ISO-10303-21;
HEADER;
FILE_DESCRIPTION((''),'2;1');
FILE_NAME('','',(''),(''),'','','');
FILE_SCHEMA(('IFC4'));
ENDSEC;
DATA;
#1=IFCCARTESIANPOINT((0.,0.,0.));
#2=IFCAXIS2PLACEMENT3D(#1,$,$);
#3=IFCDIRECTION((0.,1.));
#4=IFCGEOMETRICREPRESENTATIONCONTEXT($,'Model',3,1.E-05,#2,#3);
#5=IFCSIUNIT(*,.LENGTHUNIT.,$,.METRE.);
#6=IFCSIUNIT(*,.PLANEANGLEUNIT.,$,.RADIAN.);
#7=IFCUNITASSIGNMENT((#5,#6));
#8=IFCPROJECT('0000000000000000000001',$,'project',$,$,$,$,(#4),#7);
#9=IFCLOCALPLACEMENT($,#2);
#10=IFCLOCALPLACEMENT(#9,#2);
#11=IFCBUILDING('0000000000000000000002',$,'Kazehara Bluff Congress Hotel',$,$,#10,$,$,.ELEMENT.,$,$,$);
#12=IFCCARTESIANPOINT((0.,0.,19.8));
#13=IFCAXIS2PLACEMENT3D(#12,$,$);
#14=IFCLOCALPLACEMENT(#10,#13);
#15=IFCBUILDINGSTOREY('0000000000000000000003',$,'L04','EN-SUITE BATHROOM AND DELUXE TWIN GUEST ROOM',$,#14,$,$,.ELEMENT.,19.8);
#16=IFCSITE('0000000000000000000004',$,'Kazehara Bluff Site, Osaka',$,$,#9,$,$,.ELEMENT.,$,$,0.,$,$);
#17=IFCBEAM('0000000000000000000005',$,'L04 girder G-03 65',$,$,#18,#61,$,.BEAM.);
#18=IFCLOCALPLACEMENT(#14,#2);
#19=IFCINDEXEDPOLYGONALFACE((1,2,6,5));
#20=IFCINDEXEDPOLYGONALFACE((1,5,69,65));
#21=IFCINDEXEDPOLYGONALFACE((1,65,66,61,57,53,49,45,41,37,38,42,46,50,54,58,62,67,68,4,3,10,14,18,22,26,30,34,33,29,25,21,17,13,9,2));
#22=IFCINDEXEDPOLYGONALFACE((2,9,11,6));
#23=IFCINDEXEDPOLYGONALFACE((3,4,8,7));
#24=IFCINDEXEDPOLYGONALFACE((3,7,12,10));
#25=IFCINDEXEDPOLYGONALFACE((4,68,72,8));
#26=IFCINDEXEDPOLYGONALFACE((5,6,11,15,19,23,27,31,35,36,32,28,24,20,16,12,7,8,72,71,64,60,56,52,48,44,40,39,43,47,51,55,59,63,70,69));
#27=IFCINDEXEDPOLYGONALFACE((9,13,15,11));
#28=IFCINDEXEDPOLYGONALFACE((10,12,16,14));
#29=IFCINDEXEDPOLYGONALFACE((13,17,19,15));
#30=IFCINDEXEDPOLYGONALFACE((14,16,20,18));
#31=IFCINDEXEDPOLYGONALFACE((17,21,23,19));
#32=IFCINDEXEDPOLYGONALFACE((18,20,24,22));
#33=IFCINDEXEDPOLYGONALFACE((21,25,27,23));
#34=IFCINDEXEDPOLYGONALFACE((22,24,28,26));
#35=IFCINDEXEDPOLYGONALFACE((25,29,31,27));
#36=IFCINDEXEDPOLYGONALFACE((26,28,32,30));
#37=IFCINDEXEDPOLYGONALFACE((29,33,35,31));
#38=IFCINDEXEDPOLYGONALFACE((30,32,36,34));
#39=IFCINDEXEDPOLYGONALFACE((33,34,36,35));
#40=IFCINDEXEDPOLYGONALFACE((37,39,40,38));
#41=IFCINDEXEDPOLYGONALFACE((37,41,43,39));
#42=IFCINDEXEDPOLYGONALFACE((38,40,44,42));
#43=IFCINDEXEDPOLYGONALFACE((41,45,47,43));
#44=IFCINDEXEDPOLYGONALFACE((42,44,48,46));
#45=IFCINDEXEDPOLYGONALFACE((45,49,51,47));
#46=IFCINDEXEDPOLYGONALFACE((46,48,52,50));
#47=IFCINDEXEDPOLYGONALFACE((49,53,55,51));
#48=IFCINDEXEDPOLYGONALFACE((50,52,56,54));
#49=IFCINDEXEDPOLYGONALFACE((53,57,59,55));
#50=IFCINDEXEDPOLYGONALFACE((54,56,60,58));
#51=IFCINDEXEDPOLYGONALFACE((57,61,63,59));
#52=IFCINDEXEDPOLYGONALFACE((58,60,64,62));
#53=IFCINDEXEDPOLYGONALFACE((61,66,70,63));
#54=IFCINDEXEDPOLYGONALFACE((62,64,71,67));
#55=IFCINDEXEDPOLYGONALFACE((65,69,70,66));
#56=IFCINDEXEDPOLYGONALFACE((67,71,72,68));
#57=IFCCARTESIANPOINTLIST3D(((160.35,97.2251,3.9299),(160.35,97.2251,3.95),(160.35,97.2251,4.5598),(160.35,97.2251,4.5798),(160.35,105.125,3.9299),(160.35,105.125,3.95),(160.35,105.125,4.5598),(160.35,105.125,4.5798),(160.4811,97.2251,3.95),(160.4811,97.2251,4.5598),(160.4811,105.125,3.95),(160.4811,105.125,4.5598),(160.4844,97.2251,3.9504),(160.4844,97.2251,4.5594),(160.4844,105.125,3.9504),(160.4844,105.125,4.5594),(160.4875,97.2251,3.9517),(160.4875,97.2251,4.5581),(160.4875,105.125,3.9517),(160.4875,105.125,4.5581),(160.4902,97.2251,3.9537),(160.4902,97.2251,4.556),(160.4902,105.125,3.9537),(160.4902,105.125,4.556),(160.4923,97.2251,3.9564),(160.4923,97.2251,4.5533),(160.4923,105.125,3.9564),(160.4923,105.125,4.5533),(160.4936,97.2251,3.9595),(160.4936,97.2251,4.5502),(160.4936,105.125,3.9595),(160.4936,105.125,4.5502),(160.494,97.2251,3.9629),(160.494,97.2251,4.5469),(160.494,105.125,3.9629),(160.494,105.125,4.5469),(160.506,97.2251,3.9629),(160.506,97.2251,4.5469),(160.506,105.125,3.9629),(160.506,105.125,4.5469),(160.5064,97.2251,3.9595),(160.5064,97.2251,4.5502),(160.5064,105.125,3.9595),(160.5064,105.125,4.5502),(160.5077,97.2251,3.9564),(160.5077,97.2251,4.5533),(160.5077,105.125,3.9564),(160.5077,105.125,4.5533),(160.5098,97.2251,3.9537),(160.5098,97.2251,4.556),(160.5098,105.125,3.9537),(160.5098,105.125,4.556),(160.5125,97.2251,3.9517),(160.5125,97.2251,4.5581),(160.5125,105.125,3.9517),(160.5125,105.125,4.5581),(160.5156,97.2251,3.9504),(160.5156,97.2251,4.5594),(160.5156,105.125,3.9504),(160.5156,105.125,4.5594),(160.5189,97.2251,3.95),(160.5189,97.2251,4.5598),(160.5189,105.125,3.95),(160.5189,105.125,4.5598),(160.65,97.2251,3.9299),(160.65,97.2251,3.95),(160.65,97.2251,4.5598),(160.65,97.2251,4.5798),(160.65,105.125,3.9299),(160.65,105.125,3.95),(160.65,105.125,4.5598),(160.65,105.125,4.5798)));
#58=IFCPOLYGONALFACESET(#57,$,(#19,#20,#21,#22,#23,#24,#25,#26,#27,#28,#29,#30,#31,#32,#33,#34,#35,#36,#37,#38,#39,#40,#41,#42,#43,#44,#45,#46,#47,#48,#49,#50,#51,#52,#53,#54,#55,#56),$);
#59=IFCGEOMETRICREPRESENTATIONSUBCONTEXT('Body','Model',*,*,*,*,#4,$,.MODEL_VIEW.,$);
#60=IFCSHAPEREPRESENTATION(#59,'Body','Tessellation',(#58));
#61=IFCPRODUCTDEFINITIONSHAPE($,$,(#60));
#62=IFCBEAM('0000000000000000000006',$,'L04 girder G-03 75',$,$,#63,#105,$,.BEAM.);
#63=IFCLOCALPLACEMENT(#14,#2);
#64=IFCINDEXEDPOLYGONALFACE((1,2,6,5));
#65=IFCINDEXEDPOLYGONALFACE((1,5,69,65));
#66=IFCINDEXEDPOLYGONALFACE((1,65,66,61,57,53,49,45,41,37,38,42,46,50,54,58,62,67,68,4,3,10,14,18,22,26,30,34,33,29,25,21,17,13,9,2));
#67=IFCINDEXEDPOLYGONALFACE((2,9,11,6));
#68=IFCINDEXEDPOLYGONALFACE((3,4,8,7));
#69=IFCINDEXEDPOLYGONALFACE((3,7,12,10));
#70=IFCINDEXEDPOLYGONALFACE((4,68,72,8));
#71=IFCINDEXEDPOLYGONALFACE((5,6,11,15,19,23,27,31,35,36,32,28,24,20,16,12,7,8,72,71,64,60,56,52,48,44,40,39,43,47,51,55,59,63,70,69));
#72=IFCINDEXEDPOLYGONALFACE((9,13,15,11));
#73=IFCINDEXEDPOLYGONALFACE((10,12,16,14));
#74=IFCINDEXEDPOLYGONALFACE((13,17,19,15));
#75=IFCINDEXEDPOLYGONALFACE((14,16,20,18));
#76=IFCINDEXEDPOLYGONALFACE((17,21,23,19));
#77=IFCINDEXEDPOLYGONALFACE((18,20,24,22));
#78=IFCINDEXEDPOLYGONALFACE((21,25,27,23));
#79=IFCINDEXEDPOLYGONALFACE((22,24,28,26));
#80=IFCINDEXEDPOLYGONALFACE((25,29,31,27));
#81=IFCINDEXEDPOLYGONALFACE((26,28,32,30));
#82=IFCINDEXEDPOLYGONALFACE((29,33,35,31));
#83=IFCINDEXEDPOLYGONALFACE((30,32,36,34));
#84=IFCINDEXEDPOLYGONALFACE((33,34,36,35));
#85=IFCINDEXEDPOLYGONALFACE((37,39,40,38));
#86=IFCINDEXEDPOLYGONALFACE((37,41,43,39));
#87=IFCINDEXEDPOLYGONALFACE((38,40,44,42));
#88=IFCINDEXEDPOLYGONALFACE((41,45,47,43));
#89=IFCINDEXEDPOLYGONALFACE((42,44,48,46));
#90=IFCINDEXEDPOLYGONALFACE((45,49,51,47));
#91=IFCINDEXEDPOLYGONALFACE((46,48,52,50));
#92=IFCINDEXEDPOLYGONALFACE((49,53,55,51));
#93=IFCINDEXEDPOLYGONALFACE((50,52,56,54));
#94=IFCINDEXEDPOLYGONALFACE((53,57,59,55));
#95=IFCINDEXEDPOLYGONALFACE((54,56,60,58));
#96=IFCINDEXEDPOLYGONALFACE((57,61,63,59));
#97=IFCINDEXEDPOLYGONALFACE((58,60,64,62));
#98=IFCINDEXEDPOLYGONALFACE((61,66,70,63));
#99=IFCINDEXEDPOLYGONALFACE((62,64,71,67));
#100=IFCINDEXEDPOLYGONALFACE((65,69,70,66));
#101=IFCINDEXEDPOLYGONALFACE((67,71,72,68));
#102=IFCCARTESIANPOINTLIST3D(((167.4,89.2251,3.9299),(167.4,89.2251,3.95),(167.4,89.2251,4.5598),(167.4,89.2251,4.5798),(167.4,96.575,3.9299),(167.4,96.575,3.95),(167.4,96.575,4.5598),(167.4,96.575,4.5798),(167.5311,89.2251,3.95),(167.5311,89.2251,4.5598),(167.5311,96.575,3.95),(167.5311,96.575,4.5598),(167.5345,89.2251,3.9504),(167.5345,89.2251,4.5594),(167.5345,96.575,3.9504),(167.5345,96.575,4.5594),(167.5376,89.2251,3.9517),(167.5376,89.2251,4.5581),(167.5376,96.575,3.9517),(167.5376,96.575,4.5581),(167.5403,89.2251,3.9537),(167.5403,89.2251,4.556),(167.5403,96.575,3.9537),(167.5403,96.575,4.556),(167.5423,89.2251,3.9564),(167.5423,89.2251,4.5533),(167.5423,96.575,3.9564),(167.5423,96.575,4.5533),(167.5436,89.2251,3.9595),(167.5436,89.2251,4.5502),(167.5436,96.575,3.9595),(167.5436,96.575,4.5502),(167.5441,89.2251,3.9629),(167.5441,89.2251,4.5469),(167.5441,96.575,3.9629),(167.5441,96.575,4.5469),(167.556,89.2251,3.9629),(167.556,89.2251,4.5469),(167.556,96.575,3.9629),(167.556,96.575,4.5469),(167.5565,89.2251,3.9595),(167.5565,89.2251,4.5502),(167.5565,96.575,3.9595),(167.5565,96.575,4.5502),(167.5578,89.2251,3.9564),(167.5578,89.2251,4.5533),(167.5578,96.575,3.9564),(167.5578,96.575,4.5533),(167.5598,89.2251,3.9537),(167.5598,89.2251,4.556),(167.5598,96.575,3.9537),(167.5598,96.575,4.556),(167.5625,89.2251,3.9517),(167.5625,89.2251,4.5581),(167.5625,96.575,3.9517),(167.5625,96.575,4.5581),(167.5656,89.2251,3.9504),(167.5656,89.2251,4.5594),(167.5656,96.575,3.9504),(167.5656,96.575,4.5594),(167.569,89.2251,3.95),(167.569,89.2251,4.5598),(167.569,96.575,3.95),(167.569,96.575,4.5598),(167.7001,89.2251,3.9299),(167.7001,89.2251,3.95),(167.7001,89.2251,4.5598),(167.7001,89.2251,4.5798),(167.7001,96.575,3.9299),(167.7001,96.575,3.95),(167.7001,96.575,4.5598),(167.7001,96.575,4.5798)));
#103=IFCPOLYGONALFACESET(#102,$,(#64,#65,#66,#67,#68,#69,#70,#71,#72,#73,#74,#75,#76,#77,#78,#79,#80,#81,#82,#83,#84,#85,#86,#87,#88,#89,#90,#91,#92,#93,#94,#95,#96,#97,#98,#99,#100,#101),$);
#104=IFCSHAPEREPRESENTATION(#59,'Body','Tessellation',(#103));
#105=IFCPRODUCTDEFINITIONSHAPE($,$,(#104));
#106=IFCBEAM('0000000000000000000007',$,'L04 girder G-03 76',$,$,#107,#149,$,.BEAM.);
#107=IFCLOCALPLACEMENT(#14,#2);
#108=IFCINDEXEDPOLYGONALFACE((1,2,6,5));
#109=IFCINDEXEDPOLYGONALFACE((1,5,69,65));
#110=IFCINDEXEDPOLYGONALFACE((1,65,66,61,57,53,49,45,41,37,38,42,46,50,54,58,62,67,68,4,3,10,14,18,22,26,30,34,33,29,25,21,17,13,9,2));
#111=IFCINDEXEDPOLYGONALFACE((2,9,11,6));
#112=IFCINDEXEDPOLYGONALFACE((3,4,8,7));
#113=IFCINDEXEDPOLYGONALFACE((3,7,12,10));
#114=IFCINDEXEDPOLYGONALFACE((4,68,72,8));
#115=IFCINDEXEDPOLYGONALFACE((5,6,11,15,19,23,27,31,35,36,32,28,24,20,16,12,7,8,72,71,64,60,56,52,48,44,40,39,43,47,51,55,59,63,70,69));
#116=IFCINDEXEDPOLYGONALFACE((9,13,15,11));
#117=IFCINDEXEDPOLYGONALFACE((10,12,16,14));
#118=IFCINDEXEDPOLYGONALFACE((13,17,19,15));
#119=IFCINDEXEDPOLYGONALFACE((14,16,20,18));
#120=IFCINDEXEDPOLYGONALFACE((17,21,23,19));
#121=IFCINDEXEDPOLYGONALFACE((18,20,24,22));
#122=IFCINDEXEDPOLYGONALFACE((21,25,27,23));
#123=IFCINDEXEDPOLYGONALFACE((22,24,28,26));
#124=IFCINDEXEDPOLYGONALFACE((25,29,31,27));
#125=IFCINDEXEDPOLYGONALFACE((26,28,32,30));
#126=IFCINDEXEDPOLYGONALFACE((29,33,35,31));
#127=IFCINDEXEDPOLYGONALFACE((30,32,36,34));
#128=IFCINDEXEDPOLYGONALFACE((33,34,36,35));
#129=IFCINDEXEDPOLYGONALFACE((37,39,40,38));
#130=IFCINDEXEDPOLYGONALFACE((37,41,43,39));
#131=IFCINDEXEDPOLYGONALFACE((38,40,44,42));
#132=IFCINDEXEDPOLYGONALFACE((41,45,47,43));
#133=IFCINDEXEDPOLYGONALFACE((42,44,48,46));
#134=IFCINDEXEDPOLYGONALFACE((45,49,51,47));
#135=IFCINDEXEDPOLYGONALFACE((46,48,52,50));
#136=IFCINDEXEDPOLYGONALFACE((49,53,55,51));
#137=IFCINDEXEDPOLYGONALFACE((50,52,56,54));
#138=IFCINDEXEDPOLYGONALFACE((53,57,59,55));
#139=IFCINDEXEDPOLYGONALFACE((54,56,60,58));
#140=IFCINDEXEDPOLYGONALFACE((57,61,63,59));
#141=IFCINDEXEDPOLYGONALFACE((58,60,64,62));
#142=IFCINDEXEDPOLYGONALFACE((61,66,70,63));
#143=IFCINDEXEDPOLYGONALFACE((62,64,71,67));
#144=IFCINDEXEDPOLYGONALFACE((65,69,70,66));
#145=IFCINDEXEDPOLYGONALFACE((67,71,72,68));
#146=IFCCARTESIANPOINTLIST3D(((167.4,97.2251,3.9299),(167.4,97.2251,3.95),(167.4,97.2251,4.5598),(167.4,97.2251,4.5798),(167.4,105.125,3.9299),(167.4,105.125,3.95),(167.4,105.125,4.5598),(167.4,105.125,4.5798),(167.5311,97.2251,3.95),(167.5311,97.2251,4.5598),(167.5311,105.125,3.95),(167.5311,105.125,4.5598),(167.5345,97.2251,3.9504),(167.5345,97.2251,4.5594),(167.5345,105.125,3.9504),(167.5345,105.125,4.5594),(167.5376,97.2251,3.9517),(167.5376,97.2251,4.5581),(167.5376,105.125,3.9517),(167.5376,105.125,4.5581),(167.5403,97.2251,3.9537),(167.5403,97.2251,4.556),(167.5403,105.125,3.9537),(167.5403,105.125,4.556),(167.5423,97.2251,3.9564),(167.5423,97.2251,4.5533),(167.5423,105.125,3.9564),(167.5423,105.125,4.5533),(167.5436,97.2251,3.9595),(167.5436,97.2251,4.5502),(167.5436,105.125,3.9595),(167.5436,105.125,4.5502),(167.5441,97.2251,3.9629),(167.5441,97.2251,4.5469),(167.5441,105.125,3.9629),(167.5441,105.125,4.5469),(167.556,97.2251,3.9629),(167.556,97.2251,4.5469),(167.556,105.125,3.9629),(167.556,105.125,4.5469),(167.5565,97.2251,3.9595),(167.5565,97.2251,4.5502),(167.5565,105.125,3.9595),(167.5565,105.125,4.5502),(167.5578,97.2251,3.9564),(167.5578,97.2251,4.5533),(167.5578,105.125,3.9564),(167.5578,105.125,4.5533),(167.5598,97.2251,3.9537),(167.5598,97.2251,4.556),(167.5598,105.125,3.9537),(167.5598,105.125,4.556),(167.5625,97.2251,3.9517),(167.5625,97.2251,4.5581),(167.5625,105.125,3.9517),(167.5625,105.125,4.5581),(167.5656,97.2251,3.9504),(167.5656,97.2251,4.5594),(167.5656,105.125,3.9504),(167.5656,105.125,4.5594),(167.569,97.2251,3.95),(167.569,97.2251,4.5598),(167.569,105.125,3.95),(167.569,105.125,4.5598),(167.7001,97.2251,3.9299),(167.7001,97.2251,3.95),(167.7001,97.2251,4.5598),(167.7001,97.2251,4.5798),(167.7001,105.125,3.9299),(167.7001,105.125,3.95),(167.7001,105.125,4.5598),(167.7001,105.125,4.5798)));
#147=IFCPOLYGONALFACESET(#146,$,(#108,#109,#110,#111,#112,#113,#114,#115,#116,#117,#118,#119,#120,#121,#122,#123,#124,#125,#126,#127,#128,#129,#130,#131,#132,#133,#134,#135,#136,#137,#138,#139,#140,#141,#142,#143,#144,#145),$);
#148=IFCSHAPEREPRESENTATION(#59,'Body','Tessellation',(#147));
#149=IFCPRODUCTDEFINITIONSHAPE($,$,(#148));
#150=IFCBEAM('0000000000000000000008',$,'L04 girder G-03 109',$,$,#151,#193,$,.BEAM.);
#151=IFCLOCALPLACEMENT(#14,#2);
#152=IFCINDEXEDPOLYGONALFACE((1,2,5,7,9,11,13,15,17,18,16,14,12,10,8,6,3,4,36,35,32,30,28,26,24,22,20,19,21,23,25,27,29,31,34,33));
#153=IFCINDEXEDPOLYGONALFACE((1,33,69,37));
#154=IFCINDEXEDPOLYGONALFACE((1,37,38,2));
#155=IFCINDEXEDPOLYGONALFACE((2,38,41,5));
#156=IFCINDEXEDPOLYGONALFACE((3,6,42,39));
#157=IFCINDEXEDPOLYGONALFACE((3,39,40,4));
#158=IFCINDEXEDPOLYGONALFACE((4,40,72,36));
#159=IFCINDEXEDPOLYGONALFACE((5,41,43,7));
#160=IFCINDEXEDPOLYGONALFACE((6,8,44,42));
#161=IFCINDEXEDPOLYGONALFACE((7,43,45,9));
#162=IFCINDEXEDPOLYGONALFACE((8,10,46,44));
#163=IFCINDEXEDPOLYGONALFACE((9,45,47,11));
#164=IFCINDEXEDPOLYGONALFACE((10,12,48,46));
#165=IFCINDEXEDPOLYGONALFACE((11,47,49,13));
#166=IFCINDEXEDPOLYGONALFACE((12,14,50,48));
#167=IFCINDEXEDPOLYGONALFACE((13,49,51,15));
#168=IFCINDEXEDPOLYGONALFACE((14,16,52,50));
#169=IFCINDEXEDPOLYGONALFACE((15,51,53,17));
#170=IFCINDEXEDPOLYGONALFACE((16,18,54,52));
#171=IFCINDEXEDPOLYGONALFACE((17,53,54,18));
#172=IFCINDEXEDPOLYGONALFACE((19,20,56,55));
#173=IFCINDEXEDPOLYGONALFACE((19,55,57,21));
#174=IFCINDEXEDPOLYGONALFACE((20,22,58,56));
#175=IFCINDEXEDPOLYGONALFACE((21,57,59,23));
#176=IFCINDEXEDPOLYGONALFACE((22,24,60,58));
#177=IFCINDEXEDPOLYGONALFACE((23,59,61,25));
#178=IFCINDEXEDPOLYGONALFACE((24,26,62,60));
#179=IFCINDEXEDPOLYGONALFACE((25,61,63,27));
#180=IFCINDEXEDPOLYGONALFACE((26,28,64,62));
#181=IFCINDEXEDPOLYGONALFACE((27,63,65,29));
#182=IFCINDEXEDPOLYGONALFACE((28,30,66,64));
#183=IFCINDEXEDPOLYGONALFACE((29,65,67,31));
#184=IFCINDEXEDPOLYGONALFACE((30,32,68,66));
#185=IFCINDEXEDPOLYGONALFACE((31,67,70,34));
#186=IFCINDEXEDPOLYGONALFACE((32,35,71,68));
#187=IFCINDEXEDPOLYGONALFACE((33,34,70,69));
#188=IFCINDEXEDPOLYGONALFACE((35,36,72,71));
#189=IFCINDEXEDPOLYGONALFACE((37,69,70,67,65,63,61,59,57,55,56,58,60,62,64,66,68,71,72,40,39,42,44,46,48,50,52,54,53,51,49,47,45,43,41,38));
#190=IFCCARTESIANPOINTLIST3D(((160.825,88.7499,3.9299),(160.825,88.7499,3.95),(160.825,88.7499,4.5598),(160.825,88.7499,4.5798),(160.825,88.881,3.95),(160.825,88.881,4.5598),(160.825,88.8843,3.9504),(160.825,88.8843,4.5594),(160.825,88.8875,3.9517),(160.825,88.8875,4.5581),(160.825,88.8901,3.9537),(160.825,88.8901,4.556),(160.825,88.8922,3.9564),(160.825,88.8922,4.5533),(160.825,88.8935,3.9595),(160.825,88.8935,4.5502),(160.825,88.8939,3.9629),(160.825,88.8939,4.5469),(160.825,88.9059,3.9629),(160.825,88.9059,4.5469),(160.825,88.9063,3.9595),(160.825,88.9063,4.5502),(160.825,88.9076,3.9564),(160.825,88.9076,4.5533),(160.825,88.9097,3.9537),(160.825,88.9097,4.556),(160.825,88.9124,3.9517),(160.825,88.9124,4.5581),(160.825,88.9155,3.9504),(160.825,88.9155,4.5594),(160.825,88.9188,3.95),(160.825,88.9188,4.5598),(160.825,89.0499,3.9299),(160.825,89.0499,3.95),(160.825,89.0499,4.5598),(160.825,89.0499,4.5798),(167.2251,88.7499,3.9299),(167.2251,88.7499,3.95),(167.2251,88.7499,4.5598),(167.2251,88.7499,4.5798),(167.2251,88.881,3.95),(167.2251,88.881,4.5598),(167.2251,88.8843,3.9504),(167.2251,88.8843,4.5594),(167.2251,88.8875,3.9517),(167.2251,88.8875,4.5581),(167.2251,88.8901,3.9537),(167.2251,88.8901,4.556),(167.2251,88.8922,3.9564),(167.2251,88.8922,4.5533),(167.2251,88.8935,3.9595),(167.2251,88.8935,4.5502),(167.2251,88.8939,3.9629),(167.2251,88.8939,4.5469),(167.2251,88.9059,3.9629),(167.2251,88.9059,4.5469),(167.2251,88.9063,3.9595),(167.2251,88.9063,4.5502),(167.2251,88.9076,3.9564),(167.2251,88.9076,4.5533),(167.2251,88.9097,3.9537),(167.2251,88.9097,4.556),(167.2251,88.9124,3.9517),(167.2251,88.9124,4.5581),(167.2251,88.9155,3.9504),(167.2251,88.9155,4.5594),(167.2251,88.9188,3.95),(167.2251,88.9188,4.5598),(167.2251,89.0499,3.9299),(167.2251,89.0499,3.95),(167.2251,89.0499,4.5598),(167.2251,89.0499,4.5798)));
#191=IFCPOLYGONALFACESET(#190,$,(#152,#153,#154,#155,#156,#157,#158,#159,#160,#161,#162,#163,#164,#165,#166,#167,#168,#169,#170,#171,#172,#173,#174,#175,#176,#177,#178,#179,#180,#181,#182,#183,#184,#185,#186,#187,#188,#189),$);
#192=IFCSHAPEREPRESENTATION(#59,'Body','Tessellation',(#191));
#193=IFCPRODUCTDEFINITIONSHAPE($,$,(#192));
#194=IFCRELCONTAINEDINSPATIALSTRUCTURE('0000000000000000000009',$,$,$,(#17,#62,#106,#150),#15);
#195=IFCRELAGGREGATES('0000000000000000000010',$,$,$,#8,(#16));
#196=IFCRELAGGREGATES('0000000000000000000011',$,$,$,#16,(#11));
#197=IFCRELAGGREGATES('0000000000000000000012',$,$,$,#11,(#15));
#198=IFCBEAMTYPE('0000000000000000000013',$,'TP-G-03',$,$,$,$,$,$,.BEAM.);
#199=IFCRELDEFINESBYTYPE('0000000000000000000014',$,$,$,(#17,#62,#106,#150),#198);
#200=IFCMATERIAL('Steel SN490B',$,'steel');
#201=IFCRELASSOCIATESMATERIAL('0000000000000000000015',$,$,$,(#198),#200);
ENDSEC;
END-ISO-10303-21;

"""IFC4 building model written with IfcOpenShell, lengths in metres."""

from ifc_helpers import new_model, si_unit, direction, frame, origin, origin_2d, place, context, subcontext, project, spatial, i_section, extrude, material, material_profile, profile_set, type_object, element, save


model = new_model("IFC4")

# Units and contexts
model_context = context("Model", 3, precision=1e-05, world=origin(), true_north=direction((0.0, 1.0)))
body_context = subcontext(model_context, "Body", "Model", "MODEL_VIEW")
ifc_project = project(units=[si_unit("LENGTHUNIT", "METRE"), si_unit("PLANEANGLEUNIT", "RADIAN")], contexts=[model_context])

# Site, building, storey
site_placement = place(None, origin())
site = spatial("IfcSite", under=ifc_project, at=site_placement, Name="Kazehara Bluff Site, Osaka", CompositionType="ELEMENT", RefElevation=0.0)
building_placement = place(site_placement, origin())
building = spatial("IfcBuilding", under=site, at=building_placement, Name="Kazehara Bluff Congress Hotel", CompositionType="ELEMENT")
storey_placement = place(building_placement, frame((0.0, 0.0, 19.8)))
storey = spatial("IfcBuildingStorey", under=building, at=storey_placement, Name="L04", Description="EN-SUITE BATHROOM AND DELUXE TWIN GUEST ROOM", CompositionType="ELEMENT", Elevation=19.8)

# Beams
ifc_material_1 = material(Name="Steel SN490B", Category="steel")
ifc_material_profile_1 = material_profile(ifc_material_1, i_section(OverallWidth=0.3, OverallDepth=0.6499, WebThickness=0.012, FlangeThickness=0.02, FilletRadius=0.0129, at=origin_2d()))
ifc_profile_set_1 = profile_set([ifc_material_profile_1], Name="Steel SN490B")
beam_type_1 = type_object("IfcBeamType", Name="TP-G-03", PredefinedType="BEAM", material=ifc_profile_set_1)
beam_1_placement = place(storey_placement, frame((160.5, 97.2251, 4.2549), z_axis=(0.0, 1.0, 0.0), x_axis=(-1.0, 0.0, 0.0)))
element("IfcBeam", 1, at=beam_1_placement, inside=storey, type_object=beam_type_1, Name="L04 girder G-03 65", PredefinedType="BEAM", context=body_context, shape_type="SweptSolid", body=[
    extrude(i_section(OverallWidth=0.3, OverallDepth=0.6499, WebThickness=0.012, FlangeThickness=0.02, FilletRadius=0.0129, at=origin_2d()), origin(), (0.0, 0.0, 1.0), 7.8999),
])
beam_2_placement = place(storey_placement, frame((167.55, 89.2251, 4.2549), z_axis=(0.0, 1.0, 0.0), x_axis=(-1.0, 0.0, 0.0)))
element("IfcBeam", 2, at=beam_2_placement, inside=storey, type_object=beam_type_1, Name="L04 girder G-03 75", PredefinedType="BEAM", context=body_context, shape_type="SweptSolid", body=[
    extrude(i_section(OverallWidth=0.3, OverallDepth=0.6499, WebThickness=0.012, FlangeThickness=0.02, FilletRadius=0.0129, at=origin_2d()), origin(), (0.0, 0.0, 1.0), 7.3499),
])
beam_3_placement = place(storey_placement, frame((167.55, 97.2251, 4.2549), z_axis=(0.0, 1.0, 0.0), x_axis=(-1.0, 0.0, 0.0)))
element("IfcBeam", 3, at=beam_3_placement, inside=storey, type_object=beam_type_1, Name="L04 girder G-03 76", PredefinedType="BEAM", context=body_context, shape_type="SweptSolid", body=[
    extrude(i_section(OverallWidth=0.3, OverallDepth=0.6499, WebThickness=0.012, FlangeThickness=0.02, FilletRadius=0.0129, at=origin_2d()), origin(), (0.0, 0.0, 1.0), 7.8999),
])
for number, where, z_axis, x_axis, name in (
    (4, (160.825, 88.8999, 4.2549), (1.0, 0.0, 0.0), (0.0, 1.0, 0.0), "L04 girder G-03 109"),
):
    element("IfcBeam", number, at=place(storey_placement, frame(where, z_axis=z_axis, x_axis=x_axis)), inside=storey, type_object=beam_type_1, Name=name, PredefinedType="BEAM", context=body_context, shape_type="SweptSolid", body=[
        extrude(i_section(OverallWidth=0.3, OverallDepth=0.6499, WebThickness=0.012, FlangeThickness=0.02, FilletRadius=0.0129, at=origin_2d()), origin(), (0.0, 0.0, 1.0), 6.4001),
    ])

save(model, "model.ifc")
